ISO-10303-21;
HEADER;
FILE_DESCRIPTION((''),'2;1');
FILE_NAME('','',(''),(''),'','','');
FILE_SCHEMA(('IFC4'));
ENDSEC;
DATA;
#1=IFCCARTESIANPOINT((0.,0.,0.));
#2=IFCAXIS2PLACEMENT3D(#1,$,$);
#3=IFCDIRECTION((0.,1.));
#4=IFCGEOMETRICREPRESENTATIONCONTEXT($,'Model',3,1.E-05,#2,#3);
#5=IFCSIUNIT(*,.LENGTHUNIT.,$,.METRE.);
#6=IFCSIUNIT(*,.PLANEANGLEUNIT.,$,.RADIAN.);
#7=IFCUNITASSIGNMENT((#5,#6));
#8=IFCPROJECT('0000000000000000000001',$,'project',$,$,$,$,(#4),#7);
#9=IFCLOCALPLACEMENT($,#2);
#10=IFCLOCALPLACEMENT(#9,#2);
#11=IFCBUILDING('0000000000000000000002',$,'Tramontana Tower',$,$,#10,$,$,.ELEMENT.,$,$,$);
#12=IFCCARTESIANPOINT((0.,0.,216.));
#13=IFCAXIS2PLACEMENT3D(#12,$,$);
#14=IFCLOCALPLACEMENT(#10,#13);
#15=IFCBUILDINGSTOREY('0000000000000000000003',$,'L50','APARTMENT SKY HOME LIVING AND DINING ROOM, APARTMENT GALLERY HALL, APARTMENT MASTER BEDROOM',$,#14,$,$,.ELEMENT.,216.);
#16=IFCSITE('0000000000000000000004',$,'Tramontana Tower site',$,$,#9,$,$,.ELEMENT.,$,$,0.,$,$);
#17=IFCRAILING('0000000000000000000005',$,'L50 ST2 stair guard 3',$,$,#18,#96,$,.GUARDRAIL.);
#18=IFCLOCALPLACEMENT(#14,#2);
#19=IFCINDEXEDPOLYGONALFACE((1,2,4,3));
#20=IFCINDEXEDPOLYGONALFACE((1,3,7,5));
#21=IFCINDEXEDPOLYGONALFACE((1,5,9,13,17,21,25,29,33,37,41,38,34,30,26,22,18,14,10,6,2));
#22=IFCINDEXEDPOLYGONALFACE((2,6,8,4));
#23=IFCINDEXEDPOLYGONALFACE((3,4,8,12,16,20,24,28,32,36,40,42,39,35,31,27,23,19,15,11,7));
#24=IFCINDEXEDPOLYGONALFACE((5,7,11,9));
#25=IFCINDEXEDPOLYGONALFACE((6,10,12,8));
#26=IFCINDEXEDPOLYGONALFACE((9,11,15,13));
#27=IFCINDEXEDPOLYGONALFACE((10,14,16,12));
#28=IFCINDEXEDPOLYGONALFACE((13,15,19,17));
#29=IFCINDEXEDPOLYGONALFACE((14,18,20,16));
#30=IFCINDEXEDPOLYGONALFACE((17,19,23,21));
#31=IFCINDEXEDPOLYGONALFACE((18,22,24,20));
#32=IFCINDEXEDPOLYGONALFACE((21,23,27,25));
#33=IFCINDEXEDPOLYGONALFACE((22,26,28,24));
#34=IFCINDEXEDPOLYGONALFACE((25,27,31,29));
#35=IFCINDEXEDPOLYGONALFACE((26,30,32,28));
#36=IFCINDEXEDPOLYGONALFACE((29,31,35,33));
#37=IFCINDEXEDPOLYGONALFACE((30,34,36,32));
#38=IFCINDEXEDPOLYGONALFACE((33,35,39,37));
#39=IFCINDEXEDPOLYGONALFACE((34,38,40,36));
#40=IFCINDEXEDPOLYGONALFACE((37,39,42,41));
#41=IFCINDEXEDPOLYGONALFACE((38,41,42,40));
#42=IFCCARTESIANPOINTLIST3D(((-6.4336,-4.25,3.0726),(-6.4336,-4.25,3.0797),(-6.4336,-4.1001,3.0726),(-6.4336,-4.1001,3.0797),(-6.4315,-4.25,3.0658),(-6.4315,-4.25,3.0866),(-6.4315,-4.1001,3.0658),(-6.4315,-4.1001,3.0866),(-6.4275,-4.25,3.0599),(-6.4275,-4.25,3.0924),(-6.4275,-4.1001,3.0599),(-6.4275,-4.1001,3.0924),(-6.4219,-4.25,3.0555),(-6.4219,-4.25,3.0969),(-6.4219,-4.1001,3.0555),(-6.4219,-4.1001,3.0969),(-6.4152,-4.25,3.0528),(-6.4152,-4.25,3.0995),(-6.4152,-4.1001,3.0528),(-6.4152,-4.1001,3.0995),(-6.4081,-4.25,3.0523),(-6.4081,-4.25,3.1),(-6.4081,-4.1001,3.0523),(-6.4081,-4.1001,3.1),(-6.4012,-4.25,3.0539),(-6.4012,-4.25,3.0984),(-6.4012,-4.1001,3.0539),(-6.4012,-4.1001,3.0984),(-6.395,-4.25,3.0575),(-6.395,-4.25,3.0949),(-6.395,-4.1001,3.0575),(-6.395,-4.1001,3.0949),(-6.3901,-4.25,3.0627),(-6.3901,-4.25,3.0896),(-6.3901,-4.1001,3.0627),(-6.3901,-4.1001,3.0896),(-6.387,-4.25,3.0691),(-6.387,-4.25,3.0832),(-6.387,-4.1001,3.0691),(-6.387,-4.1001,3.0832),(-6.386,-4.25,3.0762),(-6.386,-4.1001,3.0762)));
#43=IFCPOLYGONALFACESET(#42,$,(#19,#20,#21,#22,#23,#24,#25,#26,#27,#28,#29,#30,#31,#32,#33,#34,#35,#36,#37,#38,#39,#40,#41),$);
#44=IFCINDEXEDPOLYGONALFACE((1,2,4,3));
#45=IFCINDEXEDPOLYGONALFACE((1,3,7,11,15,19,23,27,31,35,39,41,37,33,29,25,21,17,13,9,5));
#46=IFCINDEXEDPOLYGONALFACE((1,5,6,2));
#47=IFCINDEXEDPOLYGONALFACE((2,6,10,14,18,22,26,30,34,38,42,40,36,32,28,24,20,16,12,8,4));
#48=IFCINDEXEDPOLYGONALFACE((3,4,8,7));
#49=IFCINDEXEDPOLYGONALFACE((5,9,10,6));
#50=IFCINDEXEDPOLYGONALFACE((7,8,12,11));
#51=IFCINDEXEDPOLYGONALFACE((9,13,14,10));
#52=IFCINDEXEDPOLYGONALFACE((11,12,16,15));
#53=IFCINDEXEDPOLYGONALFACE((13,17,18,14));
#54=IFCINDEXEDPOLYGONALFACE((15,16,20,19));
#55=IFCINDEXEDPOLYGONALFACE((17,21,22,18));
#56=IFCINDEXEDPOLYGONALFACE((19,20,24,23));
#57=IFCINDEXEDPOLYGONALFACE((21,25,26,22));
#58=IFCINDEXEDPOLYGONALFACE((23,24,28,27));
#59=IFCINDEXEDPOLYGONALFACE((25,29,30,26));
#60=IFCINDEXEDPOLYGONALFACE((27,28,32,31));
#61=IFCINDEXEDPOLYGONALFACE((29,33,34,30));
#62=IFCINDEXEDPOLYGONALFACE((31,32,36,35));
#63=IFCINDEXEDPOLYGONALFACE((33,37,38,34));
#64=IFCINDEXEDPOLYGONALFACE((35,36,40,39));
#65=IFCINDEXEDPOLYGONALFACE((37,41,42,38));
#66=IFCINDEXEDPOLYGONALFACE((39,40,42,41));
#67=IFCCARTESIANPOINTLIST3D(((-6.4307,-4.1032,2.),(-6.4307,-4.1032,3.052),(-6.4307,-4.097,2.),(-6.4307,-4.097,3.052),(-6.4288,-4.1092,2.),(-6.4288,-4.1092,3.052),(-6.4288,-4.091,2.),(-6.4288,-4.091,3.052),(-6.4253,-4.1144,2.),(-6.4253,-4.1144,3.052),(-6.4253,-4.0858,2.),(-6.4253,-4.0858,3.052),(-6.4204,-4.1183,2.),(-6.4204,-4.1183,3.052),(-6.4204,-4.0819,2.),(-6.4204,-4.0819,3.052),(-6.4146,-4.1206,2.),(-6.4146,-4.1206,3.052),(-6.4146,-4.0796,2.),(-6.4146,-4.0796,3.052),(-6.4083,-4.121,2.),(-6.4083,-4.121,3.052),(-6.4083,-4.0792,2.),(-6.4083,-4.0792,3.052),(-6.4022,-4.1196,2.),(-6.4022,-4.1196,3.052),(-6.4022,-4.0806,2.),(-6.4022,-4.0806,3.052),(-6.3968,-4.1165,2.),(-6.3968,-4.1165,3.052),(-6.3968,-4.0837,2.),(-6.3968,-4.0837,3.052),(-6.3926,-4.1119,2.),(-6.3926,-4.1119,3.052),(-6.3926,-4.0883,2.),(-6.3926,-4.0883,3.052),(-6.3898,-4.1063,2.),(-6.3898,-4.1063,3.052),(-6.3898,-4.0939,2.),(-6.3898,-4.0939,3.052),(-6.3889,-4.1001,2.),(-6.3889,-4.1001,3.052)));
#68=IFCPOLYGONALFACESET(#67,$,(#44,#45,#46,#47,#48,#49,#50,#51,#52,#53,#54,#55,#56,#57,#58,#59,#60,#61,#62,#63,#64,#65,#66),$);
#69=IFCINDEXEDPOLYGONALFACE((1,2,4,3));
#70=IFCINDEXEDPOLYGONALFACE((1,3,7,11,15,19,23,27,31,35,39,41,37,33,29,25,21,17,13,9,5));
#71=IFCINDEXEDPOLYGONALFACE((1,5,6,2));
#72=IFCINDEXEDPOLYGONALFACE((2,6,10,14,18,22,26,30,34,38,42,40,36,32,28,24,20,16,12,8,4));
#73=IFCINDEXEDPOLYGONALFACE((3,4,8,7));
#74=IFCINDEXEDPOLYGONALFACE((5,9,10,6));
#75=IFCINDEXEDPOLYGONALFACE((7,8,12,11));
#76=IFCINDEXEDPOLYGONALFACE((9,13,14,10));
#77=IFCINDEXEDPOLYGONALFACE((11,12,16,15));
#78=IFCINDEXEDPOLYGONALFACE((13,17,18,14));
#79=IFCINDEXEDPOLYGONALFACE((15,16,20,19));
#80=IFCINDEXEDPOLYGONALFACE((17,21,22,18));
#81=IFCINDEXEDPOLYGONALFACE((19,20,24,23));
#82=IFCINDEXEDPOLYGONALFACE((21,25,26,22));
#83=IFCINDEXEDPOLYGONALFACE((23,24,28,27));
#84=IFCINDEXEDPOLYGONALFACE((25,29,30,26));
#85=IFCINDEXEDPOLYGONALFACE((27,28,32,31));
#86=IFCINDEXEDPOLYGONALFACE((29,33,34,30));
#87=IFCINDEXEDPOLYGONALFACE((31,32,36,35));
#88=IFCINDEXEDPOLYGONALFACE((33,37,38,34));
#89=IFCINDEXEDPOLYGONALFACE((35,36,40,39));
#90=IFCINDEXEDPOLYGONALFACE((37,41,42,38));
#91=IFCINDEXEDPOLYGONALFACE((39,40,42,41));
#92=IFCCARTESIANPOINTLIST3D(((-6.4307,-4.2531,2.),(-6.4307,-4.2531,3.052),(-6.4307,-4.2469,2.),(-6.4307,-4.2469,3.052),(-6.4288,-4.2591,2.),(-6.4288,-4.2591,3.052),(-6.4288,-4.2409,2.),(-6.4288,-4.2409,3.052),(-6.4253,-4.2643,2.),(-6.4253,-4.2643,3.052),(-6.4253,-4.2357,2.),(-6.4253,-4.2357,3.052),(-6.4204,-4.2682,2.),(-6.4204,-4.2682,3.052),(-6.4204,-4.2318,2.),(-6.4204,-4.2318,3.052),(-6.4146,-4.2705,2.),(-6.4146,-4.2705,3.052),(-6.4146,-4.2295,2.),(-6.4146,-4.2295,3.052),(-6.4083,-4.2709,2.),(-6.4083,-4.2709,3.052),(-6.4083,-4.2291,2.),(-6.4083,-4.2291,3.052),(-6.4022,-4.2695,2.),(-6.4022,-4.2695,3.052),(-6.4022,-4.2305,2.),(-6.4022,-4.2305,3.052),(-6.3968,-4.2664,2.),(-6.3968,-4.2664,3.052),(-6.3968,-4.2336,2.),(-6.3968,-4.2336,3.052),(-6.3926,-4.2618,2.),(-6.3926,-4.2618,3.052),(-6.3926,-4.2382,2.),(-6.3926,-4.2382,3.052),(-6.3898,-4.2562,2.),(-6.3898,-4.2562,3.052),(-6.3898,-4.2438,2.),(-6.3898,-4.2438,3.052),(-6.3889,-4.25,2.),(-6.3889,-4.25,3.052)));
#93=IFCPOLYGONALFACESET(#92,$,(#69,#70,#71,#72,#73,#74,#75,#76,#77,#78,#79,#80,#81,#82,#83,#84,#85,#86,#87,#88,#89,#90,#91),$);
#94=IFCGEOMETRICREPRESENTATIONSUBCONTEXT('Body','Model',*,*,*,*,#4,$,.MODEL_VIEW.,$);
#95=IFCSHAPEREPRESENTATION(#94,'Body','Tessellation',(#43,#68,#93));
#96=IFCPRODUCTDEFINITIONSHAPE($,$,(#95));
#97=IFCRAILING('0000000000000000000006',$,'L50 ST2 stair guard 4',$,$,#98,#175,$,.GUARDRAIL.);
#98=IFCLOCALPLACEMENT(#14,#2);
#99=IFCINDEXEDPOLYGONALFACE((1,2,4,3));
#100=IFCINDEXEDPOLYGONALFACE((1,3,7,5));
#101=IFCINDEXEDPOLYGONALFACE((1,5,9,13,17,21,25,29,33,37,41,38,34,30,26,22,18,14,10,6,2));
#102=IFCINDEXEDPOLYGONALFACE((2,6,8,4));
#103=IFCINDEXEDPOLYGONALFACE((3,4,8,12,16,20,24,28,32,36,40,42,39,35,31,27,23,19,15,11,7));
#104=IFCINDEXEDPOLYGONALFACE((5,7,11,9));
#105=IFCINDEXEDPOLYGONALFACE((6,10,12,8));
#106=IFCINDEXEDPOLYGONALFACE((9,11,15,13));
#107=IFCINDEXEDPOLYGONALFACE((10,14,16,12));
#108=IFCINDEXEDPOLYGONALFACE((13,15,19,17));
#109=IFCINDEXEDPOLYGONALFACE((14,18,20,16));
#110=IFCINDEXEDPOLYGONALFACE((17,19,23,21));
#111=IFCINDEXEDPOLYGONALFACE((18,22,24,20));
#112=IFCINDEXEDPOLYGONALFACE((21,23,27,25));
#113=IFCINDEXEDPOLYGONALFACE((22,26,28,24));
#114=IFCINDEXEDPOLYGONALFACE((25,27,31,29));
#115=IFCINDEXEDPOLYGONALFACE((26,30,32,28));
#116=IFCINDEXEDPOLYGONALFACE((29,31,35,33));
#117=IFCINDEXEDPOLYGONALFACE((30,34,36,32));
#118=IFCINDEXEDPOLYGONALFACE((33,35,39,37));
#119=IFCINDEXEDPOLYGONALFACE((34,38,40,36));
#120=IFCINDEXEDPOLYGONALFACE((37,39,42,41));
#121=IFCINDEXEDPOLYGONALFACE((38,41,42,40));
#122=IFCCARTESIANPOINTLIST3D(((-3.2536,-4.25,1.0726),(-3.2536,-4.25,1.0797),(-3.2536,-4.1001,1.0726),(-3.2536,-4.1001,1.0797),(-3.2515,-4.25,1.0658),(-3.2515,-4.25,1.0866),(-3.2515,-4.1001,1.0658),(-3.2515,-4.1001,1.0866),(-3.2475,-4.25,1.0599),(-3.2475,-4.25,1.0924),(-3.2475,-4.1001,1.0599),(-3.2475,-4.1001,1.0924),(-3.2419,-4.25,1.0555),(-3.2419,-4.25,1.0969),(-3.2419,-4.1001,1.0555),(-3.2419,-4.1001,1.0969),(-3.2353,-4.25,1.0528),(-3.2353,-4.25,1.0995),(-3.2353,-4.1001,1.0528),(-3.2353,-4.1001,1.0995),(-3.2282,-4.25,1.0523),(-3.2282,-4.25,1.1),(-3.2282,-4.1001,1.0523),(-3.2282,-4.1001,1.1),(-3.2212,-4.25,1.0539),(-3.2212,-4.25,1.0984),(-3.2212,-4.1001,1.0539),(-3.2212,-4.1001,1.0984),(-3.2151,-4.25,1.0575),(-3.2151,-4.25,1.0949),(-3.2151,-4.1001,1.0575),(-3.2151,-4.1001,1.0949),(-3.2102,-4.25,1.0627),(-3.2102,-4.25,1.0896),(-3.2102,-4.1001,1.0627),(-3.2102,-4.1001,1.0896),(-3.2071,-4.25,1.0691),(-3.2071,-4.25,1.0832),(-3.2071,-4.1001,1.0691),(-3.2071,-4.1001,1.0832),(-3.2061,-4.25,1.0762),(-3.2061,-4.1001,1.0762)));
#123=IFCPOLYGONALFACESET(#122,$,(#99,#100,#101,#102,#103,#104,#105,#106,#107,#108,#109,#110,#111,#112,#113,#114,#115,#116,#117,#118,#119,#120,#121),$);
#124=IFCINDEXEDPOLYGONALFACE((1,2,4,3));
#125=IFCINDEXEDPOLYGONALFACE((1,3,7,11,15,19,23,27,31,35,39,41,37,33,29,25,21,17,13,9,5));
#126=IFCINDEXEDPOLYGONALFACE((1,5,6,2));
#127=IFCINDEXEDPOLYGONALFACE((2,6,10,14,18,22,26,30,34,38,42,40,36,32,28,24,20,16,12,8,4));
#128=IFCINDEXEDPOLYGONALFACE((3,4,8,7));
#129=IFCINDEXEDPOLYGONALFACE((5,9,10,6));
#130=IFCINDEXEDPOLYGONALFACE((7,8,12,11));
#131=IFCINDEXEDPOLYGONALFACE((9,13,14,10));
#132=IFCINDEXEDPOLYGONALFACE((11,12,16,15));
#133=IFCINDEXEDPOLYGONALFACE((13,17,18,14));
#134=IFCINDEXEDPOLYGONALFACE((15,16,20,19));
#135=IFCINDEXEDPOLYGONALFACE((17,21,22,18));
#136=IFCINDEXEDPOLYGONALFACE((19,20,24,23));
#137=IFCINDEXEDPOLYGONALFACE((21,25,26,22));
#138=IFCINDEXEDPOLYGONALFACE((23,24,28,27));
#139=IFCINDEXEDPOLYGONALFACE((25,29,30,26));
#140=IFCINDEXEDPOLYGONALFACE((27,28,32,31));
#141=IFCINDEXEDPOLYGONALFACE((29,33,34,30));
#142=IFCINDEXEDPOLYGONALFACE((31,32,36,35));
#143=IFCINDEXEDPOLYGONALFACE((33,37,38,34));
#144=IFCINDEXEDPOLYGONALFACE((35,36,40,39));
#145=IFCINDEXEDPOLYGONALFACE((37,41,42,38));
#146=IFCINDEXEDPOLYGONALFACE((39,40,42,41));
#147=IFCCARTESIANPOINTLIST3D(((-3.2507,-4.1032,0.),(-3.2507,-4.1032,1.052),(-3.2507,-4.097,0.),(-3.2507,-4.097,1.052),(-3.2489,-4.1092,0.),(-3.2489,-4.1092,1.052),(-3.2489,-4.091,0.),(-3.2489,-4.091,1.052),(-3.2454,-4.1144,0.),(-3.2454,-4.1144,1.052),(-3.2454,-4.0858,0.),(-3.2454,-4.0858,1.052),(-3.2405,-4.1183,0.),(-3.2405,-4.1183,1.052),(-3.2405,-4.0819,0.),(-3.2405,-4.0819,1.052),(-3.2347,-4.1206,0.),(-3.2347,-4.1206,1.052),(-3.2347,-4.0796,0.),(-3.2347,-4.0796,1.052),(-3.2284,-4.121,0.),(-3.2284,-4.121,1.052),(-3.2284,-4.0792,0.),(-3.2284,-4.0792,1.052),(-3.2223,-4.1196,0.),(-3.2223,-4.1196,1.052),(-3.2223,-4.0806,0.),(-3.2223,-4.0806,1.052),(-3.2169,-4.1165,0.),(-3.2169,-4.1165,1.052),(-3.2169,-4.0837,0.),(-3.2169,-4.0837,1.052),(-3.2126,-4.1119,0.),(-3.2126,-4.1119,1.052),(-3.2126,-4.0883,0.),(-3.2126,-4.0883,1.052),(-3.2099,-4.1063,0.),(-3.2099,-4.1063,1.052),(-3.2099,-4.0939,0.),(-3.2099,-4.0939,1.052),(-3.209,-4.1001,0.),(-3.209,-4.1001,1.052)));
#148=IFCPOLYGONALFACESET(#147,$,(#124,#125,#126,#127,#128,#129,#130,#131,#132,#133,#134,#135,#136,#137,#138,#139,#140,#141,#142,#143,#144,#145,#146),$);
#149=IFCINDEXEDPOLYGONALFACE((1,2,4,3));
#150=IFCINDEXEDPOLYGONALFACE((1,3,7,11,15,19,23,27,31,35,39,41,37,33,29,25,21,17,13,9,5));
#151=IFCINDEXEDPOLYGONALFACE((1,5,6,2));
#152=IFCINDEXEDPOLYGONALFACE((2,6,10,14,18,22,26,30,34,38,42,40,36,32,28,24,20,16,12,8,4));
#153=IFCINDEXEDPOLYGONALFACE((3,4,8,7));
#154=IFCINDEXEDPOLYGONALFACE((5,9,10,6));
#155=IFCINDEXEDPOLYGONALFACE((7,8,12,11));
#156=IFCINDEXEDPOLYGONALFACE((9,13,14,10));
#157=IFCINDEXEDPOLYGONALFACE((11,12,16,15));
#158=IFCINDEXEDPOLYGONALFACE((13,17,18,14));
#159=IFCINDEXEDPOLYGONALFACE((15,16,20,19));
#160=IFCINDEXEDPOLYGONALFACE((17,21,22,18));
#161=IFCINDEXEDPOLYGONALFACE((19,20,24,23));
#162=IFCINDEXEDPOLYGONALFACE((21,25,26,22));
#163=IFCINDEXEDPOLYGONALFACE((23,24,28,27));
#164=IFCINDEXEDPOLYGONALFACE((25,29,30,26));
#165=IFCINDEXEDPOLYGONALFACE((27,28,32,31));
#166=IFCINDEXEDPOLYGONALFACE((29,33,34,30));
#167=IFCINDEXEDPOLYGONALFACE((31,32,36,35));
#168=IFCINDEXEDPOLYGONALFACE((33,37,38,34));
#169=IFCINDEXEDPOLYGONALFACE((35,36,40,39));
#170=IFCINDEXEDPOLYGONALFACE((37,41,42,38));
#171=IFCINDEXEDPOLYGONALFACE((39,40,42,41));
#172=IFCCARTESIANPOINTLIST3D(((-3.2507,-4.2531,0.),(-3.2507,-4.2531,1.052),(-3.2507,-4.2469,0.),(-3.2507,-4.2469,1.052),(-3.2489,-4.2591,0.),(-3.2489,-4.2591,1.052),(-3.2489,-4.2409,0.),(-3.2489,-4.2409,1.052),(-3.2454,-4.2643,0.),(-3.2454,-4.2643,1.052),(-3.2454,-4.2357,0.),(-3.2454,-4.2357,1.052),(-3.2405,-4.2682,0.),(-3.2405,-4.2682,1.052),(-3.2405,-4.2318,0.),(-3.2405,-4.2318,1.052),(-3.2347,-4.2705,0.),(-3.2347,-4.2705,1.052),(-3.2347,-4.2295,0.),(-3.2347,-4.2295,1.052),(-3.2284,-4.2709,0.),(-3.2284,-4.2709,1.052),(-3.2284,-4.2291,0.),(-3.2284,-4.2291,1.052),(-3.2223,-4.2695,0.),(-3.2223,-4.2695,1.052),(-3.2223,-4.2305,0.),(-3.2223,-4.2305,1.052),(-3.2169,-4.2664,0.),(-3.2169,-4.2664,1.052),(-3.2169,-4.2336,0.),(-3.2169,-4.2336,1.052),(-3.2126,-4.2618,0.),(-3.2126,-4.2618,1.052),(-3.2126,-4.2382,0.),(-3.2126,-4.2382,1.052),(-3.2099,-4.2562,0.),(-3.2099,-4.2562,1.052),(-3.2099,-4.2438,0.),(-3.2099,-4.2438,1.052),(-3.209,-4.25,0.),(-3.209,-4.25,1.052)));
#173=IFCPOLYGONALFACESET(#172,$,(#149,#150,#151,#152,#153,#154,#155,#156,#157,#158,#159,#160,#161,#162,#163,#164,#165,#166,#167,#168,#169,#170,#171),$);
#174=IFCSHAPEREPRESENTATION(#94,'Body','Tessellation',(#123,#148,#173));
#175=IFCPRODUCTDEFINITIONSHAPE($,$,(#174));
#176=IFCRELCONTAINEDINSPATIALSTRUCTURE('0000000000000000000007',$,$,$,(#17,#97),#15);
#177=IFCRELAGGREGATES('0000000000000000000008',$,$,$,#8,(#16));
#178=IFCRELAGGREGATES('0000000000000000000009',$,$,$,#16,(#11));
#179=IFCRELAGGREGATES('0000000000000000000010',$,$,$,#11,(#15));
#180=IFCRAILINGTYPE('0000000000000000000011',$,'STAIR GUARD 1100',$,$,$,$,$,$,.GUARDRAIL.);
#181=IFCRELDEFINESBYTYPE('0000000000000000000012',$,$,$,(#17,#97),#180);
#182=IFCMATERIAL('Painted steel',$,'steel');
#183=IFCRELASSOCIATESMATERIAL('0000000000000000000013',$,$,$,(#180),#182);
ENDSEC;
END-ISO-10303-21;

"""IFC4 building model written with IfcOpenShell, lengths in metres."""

from ifc_helpers import new_model, si_unit, direction, frame, origin, origin_2d, place, context, subcontext, project, spatial, circle, extrude, material, type_object, element, save


model = new_model("IFC4")

# Units and contexts
model_context = context("Model", 3, precision=1e-05, world=origin(), true_north=direction((0.0, 1.0)))
body_context = subcontext(model_context, "Body", "Model", "MODEL_VIEW")
ifc_project = project(units=[si_unit("LENGTHUNIT", "METRE"), si_unit("PLANEANGLEUNIT", "RADIAN")], contexts=[model_context])

# Site, building, storey
site_placement = place(None, origin())
site = spatial("IfcSite", under=ifc_project, at=site_placement, Name="Tramontana Tower site", CompositionType="ELEMENT", RefElevation=0.0)
building_placement = place(site_placement, origin())
building = spatial("IfcBuilding", under=site, at=building_placement, Name="Tramontana Tower", CompositionType="ELEMENT")
storey_placement = place(building_placement, frame((0.0, 0.0, 216.0)))
storey = spatial("IfcBuildingStorey", under=building, at=storey_placement, Name="L50", Description="APARTMENT SKY HOME LIVING AND DINING ROOM, APARTMENT GALLERY HALL, APARTMENT MASTER BEDROOM", CompositionType="ELEMENT", Elevation=216.0)

# Railings
ifc_material_1 = material(Name="Painted steel", Category="steel")
railing_type_1 = type_object("IfcRailingType", Name="STAIR GUARD 1100", PredefinedType="GUARDRAIL", material=ifc_material_1)
for number, where, name in (
    (1, (-6.4099, -4.1001, 2.0), "L50 ST2 stair guard 3"),
    (2, (-3.23, -4.1001, 0.0), "L50 ST2 stair guard 4"),
):
    element("IfcRailing", number, at=place(storey_placement, frame(where)), inside=storey, type_object=railing_type_1, Name=name, PredefinedType="GUARDRAIL", context=body_context, shape_type="SweptSolid", body=[
        extrude(circle(Radius=0.0239, at=origin_2d()), frame((0.0, 0.0, 1.0762), z_axis=(0.0, -1.0, 0.0), x_axis=(1.0, 0.0, 0.0)), (0.0, 0.0, 1.0), 0.1499),
        extrude(circle(Radius=0.021, at=origin_2d()), origin(), (0.0, 0.0, 1.0), 1.052),
        extrude(circle(Radius=0.021, at=origin_2d()), frame((0.0, -0.1499, 0.0)), (0.0, 0.0, 1.0), 1.052),
    ])

save(model, "model.ifc")
